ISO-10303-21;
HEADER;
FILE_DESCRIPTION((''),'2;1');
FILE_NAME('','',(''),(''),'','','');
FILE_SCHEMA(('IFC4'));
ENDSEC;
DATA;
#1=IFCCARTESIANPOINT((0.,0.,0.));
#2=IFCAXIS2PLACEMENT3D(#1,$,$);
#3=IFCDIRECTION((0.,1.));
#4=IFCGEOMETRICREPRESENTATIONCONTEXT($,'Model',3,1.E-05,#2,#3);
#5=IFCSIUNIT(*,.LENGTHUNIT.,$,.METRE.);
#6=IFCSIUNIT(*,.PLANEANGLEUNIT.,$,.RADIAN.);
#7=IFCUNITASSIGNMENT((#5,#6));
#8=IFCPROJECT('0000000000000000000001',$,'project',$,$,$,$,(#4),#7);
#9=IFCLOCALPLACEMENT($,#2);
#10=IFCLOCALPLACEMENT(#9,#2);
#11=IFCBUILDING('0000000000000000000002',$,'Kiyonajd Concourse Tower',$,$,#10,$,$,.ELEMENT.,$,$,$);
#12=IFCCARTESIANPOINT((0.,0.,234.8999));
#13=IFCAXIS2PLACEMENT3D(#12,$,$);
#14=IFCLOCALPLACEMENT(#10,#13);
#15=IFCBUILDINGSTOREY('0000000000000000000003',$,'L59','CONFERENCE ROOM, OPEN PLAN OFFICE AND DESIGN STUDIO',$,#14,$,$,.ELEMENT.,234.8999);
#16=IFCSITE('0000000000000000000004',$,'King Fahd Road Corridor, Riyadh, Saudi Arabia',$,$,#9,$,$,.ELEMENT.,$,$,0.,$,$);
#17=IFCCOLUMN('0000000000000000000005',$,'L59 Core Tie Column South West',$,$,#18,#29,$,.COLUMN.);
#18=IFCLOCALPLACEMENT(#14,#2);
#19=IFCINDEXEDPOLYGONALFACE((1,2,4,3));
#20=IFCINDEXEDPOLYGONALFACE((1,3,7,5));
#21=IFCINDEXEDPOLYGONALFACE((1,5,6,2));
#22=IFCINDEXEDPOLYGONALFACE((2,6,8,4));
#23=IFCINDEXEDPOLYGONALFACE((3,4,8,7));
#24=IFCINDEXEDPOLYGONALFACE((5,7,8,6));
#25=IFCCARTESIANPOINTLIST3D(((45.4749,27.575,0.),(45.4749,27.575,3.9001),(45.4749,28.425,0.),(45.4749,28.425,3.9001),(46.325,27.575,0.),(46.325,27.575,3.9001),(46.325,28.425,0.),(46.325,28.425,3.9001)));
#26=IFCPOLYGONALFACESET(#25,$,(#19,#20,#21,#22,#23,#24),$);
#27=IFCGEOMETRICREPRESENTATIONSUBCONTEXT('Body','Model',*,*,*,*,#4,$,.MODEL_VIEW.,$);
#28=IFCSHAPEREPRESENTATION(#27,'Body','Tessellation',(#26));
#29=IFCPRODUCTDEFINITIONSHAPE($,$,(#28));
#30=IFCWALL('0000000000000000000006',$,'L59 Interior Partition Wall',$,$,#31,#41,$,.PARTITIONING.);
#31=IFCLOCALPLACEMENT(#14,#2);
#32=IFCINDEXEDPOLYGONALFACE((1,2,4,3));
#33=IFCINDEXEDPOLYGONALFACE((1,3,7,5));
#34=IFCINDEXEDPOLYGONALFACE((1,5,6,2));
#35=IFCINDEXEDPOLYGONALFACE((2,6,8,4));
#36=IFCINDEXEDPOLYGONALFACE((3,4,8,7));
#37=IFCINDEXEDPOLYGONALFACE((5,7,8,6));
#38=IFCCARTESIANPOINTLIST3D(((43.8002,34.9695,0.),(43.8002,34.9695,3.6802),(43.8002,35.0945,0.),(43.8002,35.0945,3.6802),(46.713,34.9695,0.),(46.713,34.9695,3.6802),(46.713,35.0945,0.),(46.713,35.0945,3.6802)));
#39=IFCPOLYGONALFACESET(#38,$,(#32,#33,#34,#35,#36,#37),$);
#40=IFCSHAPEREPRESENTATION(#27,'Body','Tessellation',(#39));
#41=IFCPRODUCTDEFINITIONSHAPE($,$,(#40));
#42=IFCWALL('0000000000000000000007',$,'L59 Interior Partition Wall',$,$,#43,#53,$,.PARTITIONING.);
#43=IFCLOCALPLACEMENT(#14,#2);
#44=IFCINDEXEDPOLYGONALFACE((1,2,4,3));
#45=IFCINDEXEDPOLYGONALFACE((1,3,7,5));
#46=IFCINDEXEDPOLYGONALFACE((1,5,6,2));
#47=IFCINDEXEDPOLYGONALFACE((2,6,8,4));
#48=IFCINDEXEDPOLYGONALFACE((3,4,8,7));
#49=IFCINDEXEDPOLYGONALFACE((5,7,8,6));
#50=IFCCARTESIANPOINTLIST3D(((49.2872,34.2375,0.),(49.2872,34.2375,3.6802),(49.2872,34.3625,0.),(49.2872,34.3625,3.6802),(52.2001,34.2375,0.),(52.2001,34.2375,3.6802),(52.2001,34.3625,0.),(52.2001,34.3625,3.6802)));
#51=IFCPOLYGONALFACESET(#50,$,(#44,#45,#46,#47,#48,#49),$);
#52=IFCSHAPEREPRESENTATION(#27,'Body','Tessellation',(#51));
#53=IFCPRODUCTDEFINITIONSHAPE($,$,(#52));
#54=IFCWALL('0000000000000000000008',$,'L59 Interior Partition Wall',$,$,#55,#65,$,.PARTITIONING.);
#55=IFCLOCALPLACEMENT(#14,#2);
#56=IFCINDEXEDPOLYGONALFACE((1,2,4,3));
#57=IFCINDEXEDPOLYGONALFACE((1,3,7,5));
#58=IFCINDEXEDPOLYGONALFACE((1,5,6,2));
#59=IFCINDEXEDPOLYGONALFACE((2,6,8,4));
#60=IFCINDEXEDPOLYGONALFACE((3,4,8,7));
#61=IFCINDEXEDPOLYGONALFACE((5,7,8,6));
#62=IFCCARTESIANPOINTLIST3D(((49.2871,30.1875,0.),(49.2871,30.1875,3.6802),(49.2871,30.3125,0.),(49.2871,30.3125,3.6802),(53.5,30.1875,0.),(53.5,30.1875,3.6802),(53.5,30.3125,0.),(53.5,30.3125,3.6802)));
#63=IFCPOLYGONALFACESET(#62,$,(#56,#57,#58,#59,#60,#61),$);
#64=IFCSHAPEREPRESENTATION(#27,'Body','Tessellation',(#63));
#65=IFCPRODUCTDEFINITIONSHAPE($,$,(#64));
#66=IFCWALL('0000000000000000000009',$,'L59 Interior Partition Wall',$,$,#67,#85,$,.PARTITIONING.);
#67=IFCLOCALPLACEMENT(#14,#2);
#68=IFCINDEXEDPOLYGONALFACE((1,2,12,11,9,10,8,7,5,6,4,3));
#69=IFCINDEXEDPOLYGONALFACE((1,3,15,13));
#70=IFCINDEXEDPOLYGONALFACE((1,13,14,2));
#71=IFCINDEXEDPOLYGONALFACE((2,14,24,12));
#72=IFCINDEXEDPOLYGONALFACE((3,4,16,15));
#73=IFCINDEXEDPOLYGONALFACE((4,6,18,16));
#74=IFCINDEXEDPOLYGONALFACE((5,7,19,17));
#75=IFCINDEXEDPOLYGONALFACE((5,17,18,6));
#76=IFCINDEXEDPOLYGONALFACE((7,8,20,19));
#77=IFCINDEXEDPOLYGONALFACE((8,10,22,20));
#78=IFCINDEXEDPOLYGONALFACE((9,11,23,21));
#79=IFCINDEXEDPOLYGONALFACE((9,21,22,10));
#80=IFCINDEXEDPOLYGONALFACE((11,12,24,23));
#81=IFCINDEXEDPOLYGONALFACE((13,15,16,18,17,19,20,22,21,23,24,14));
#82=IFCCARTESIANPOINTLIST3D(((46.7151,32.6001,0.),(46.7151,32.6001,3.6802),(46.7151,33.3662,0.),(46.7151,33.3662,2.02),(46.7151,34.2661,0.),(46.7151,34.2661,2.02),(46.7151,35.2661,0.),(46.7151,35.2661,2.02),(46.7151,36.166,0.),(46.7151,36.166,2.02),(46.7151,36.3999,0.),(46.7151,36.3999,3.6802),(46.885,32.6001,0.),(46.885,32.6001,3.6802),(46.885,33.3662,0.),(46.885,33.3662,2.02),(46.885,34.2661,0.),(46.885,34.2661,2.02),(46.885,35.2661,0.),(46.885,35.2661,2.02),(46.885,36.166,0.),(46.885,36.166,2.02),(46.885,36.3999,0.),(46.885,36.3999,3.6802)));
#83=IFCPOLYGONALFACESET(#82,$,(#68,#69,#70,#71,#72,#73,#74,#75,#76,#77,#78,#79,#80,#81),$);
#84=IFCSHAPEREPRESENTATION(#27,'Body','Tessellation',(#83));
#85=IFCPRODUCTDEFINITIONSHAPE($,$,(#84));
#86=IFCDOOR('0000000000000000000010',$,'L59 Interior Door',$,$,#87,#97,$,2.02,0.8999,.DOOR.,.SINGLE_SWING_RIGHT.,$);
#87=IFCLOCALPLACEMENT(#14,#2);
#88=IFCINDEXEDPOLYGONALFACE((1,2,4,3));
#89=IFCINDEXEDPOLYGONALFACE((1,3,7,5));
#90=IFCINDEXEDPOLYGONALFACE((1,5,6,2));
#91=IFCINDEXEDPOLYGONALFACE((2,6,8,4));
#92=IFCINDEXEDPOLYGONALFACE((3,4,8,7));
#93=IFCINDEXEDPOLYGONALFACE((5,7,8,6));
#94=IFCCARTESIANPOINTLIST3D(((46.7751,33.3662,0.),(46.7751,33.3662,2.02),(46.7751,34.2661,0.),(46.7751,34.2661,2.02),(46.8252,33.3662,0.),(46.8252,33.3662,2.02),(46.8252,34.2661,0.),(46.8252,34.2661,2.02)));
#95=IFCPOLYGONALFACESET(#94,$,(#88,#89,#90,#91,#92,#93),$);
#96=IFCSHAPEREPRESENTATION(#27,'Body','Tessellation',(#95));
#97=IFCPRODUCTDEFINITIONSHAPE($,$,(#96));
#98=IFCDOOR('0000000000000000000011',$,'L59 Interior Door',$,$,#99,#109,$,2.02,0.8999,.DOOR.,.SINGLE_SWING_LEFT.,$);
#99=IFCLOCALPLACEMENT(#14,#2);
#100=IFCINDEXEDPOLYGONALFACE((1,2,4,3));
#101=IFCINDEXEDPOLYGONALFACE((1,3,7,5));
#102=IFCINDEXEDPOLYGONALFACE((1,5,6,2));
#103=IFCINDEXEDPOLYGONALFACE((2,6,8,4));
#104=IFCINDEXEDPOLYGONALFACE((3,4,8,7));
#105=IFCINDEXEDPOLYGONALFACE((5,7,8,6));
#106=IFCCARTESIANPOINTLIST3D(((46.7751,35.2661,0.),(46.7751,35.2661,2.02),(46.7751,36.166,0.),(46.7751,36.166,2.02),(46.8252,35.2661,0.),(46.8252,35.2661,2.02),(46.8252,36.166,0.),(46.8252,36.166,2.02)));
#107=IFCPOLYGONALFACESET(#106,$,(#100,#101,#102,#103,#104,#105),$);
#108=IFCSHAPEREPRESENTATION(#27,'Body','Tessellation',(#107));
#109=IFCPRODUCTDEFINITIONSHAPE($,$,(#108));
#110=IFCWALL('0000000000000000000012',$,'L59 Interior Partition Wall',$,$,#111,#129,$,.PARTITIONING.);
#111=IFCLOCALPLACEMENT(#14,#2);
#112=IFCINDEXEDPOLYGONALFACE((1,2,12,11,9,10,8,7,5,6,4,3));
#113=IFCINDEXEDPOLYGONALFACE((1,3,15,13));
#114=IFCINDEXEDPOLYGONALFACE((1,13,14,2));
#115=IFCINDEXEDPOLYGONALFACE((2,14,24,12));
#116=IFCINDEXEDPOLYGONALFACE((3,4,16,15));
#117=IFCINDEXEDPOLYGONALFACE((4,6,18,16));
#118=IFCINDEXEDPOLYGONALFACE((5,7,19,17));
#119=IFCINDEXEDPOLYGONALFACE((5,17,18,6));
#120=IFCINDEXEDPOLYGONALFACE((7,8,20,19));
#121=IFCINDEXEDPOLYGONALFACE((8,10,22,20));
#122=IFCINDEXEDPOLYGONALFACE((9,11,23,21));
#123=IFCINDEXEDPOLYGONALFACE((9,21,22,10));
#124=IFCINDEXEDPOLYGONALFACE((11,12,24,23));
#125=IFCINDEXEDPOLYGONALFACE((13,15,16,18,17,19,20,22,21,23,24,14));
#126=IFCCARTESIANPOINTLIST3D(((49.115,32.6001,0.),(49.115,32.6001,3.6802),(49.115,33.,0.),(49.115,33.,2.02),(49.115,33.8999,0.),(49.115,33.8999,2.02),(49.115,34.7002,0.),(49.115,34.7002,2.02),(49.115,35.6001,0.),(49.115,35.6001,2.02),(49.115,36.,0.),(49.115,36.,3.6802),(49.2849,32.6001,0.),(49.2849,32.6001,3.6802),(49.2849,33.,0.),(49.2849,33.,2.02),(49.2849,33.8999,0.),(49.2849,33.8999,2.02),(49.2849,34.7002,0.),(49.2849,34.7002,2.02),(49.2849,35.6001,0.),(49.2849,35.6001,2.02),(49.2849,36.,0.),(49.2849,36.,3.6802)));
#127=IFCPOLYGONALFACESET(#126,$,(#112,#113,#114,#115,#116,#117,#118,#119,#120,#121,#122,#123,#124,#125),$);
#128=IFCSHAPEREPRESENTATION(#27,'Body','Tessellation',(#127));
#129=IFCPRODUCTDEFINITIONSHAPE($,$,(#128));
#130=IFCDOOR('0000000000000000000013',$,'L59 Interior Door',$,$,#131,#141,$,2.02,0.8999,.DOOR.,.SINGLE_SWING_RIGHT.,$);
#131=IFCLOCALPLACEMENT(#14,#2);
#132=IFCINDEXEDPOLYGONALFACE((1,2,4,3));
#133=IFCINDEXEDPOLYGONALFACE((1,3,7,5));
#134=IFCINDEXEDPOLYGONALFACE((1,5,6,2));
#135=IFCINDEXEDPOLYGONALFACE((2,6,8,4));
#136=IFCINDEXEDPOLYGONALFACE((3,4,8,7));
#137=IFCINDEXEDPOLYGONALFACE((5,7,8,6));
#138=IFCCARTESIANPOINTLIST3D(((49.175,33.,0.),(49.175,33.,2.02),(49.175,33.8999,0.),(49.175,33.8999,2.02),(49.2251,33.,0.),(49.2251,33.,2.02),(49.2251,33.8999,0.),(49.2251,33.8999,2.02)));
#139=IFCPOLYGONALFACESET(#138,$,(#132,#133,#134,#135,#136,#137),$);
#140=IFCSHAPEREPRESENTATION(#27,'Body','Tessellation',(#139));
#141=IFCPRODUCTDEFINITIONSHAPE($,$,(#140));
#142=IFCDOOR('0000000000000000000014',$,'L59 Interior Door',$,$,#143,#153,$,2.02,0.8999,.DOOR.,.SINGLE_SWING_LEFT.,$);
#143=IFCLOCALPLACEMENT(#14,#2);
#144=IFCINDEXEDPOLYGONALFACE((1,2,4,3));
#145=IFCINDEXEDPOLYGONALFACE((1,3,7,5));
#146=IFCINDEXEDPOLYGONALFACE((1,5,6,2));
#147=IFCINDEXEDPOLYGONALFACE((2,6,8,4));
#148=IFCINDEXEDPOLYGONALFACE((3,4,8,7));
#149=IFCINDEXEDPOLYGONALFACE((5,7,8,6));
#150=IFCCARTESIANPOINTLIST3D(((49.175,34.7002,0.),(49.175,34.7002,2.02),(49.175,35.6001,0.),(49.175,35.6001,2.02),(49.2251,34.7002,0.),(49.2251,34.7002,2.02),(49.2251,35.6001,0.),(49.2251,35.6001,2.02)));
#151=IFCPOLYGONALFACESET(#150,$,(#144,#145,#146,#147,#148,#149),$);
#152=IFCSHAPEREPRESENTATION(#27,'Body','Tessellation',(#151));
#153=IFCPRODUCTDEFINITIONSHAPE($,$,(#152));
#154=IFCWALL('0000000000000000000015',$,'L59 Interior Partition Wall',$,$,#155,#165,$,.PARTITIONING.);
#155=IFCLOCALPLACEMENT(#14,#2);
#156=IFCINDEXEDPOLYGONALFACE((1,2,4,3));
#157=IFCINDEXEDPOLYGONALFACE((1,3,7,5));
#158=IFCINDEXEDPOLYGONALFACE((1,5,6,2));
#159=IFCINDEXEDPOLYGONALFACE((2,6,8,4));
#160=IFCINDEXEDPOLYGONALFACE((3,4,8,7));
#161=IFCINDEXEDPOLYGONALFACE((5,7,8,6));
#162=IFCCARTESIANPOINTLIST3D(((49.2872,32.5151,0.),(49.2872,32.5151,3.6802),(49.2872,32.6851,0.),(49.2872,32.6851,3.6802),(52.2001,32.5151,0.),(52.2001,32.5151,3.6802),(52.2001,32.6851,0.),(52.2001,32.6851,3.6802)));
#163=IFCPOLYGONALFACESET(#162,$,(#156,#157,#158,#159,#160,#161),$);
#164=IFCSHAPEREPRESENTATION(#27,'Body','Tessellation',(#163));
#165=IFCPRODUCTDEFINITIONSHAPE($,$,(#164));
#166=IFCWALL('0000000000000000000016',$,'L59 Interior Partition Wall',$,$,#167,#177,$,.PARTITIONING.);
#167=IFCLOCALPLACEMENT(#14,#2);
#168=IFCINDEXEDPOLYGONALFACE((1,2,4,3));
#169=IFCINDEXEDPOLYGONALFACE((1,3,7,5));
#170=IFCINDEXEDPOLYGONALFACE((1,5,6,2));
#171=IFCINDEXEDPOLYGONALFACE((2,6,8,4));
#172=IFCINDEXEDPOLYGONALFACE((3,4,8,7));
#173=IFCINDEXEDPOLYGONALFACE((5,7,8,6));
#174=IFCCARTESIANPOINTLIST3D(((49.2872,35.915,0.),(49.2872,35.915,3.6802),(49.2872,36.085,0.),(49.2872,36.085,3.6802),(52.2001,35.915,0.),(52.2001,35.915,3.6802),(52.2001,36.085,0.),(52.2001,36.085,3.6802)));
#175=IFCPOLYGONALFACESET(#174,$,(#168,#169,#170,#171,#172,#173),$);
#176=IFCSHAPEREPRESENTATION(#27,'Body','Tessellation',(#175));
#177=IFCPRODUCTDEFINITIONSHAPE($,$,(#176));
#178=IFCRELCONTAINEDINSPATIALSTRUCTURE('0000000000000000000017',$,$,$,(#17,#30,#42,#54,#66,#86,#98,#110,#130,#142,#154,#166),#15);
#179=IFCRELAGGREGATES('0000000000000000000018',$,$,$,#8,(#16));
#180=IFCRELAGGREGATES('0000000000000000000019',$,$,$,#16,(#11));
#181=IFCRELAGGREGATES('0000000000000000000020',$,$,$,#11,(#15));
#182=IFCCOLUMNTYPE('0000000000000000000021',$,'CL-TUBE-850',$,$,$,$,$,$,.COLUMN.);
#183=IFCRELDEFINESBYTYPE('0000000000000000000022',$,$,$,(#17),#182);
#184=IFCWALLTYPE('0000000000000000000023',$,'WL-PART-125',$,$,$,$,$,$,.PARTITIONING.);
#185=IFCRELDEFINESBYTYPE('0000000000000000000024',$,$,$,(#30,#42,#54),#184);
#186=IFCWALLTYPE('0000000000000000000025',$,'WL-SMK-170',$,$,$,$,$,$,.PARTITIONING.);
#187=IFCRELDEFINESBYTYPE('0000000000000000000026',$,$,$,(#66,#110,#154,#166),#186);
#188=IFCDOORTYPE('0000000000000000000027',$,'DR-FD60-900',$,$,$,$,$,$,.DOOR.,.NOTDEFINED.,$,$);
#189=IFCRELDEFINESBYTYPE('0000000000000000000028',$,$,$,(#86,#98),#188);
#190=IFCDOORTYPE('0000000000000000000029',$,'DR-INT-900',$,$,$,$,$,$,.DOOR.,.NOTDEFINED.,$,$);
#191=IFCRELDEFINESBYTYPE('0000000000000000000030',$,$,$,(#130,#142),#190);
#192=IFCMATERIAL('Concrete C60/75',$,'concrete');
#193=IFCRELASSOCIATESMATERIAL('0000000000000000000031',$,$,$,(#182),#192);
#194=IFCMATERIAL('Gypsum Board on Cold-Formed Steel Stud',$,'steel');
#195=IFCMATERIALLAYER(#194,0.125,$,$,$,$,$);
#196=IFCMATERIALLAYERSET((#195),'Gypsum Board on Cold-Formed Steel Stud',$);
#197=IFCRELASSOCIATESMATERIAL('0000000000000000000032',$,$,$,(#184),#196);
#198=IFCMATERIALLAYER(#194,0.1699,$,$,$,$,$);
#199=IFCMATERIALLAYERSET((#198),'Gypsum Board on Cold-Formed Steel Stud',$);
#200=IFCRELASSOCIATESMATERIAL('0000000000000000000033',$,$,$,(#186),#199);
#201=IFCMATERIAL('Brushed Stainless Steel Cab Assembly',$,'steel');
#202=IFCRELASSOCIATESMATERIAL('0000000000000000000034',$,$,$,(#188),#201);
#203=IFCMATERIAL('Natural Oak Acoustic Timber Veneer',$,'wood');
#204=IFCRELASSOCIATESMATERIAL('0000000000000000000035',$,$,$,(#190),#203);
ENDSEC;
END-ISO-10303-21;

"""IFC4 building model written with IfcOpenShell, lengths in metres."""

from ifc_helpers import new_model, si_unit, direction, frame, frame_2d, origin, origin_2d, place, context, subcontext, project, spatial, rectangle, extrude, material, layer, layer_set, material_profile, profile_set, type_object, element, fill, save


model = new_model("IFC4")

# Units and contexts
model_context = context("Model", 3, precision=1e-05, world=origin(), true_north=direction((0.0, 1.0)))
body_context = subcontext(model_context, "Body", "Model", "MODEL_VIEW")
ifc_project = project(units=[si_unit("LENGTHUNIT", "METRE"), si_unit("PLANEANGLEUNIT", "RADIAN")], contexts=[model_context])

# Site, building, storey
site_placement = place(None, origin())
site = spatial("IfcSite", under=ifc_project, at=site_placement, Name="King Fahd Road Corridor, Riyadh, Saudi Arabia", CompositionType="ELEMENT", RefElevation=0.0)
building_placement = place(site_placement, origin())
building = spatial("IfcBuilding", under=site, at=building_placement, Name="Kiyonajd Concourse Tower", CompositionType="ELEMENT")
storey_placement = place(building_placement, frame((0.0, 0.0, 234.8999)))
storey = spatial("IfcBuildingStorey", under=building, at=storey_placement, Name="L59", Description="CONFERENCE ROOM, OPEN PLAN OFFICE AND DESIGN STUDIO", CompositionType="ELEMENT", Elevation=234.8999)

# Column
ifc_material_1 = material(Name="Concrete C60/75", Category="concrete")
ifc_material_profile = material_profile(ifc_material_1, rectangle(XDim=0.8501, YDim=0.8501, at=origin_2d()), Name="RC-850x850")
ifc_profile_set = profile_set([ifc_material_profile], Name="Concrete C60/75")
column_type = type_object("IfcColumnType", Name="CL-TUBE-850", PredefinedType="COLUMN", material=ifc_profile_set)
column_placement = place(storey_placement, frame((45.8999, 28.0, 0.0), z_axis=(0.0, 0.0, 1.0), x_axis=(1.0, 0.0, 0.0)))
element("IfcColumn", 1, at=column_placement, inside=storey, type_object=column_type, Name="L59 Core Tie Column South West", PredefinedType="COLUMN", context=body_context, shape_type="SweptSolid", body=[
    extrude(rectangle(XDim=0.8501, YDim=0.8501, at=origin_2d()), origin(), (0.0, 0.0, 1.0), 3.9001),
])

# Walls
ifc_material_2 = material(Name="Gypsum Board on Cold-Formed Steel Stud", Category="steel")
ifc_layer_1 = layer(ifc_material_2, 0.125)
ifc_layer_set_1 = layer_set([ifc_layer_1], Name="Gypsum Board on Cold-Formed Steel Stud")
wall_type_1 = type_object("IfcWallType", Name="WL-PART-125", PredefinedType="PARTITIONING", material=ifc_layer_set_1)
for number, where, z_axis, x_axis, name in (
    (2, (43.8, 35.032, 0.0), (0.0, 0.0, 1.0), (1.0, 0.0, 0.0), "L59 Interior Partition Wall"),
    (3, (49.2871, 34.3, 0.0), (0.0, 0.0, 1.0), (1.0, 0.0, 0.0), "L59 Interior Partition Wall"),
):
    element("IfcWall", number, at=place(storey_placement, frame(where, z_axis=z_axis, x_axis=x_axis)), inside=storey, type_object=wall_type_1, Name=name, PredefinedType="PARTITIONING", context=body_context, shape_type="SweptSolid", body=[
        extrude(rectangle(XDim=2.9128, YDim=0.125, at=frame_2d((1.4565, 0.0))), origin(), (0.0, 0.0, 1.0), 3.6802),
    ])
wall_1_placement = place(storey_placement, frame((49.2871, 30.25, 0.0), z_axis=(0.0, 0.0, 1.0), x_axis=(1.0, 0.0, 0.0)))
element("IfcWall", 4, at=wall_1_placement, inside=storey, type_object=wall_type_1, Name="L59 Interior Partition Wall", PredefinedType="PARTITIONING", context=body_context, shape_type="SweptSolid", body=[
    extrude(rectangle(XDim=4.2129, YDim=0.125, at=frame_2d((2.1064, 0.0))), origin(), (0.0, 0.0, 1.0), 3.6802),
])

# Walls, openings, doors
ifc_layer_2 = layer(ifc_material_2, 0.1699)
ifc_layer_set_2 = layer_set([ifc_layer_2], Name="Gypsum Board on Cold-Formed Steel Stud")
wall_type_2 = type_object("IfcWallType", Name="WL-SMK-170", PredefinedType="PARTITIONING", material=ifc_layer_set_2)
wall_2_placement = place(storey_placement, frame((46.8, 32.6001, 0.0), z_axis=(0.0, 0.0, 1.0), x_axis=(0.0, 1.0, 0.0)))
wall_2 = element("IfcWall", 5, at=wall_2_placement, inside=storey, type_object=wall_type_2, Name="L59 Interior Partition Wall", PredefinedType="PARTITIONING", context=body_context, shape_type="SweptSolid", body=[
    extrude(rectangle(XDim=3.7998, YDim=0.1699, at=frame_2d((1.8999, 0.0))), origin(), (0.0, 0.0, 1.0), 3.6802),
])
opening_1_placement = place(wall_2_placement, frame((0.7661, 0.0, 0.0)))
opening_1 = element("IfcOpeningElement", 6, at=opening_1_placement, cuts=wall_2, PredefinedType="OPENING", context=body_context, shape_type="SweptSolid", body=[
    extrude(rectangle(XDim=0.8999, YDim=2.02, at=frame_2d((0.45, 1.01))), frame((0.0, 0.095, 0.0), z_axis=(0.0, -1.0, 0.0), x_axis=(1.0, 0.0, 0.0)), (0.0, 0.0, 1.0), 0.1899),
])
opening_2_placement = place(wall_2_placement, frame((2.666, 0.0, 0.0)))
opening_2 = element("IfcOpeningElement", 7, at=opening_2_placement, cuts=wall_2, PredefinedType="OPENING", context=body_context, shape_type="SweptSolid", body=[
    extrude(rectangle(XDim=0.8999, YDim=2.02, at=frame_2d((0.45, 1.01))), frame((0.0, 0.095, 0.0), z_axis=(0.0, -1.0, 0.0), x_axis=(1.0, 0.0, 0.0)), (0.0, 0.0, 1.0), 0.1899),
])
ifc_material_3 = material(Name="Brushed Stainless Steel Cab Assembly", Category="steel")
door_type_1 = type_object("IfcDoorType", Name="DR-FD60-900", OperationType="NOTDEFINED", PredefinedType="DOOR", material=ifc_material_3)
door_1_placement = place(opening_1_placement, origin())
door_1 = element("IfcDoor", 8, at=door_1_placement, inside=storey, type_object=door_type_1, Name="L59 Interior Door", OperationType="SINGLE_SWING_RIGHT", OverallHeight=2.02, OverallWidth=0.8999, PredefinedType="DOOR", context=body_context, shape_type="SweptSolid", body=[
    extrude(rectangle(XDim=0.8999, YDim=2.02, at=frame_2d((0.45, 1.01))), frame((0.0, 0.0249, 0.0), z_axis=(0.0, -1.0, 0.0), x_axis=(1.0, 0.0, 0.0)), (0.0, 0.0, 1.0), 0.05),
])
fill(opening_1, door_1)
door_2_placement = place(opening_2_placement, origin())
door_2 = element("IfcDoor", 9, at=door_2_placement, inside=storey, type_object=door_type_1, Name="L59 Interior Door", OperationType="SINGLE_SWING_LEFT", OverallHeight=2.02, OverallWidth=0.8999, PredefinedType="DOOR", context=body_context, shape_type="SweptSolid", body=[
    extrude(rectangle(XDim=0.8999, YDim=2.02, at=frame_2d((0.45, 1.01))), frame((0.0, 0.0249, 0.0), z_axis=(0.0, -1.0, 0.0), x_axis=(1.0, 0.0, 0.0)), (0.0, 0.0, 1.0), 0.05),
])
fill(opening_2, door_2)
wall_3_placement = place(storey_placement, frame((49.2, 32.6001, 0.0), z_axis=(0.0, 0.0, 1.0), x_axis=(0.0, 1.0, 0.0)))
wall_3 = element("IfcWall", 10, at=wall_3_placement, inside=storey, type_object=wall_type_2, Name="L59 Interior Partition Wall", PredefinedType="PARTITIONING", context=body_context, shape_type="SweptSolid", body=[
    extrude(rectangle(XDim=3.3999, YDim=0.1699, at=frame_2d((1.7, 0.0))), origin(), (0.0, 0.0, 1.0), 3.6802),
])
opening_3_placement = place(wall_3_placement, frame((0.3999, 0.0, 0.0)))
opening_3 = element("IfcOpeningElement", 11, at=opening_3_placement, cuts=wall_3, PredefinedType="OPENING", context=body_context, shape_type="SweptSolid", body=[
    extrude(rectangle(XDim=0.8999, YDim=2.02, at=frame_2d((0.45, 1.01))), frame((0.0, 0.095, 0.0), z_axis=(0.0, -1.0, 0.0), x_axis=(1.0, 0.0, 0.0)), (0.0, 0.0, 1.0), 0.1899),
])
opening_4_placement = place(wall_3_placement, frame((2.1001, 0.0, 0.0)))
opening_4 = element("IfcOpeningElement", 12, at=opening_4_placement, cuts=wall_3, PredefinedType="OPENING", context=body_context, shape_type="SweptSolid", body=[
    extrude(rectangle(XDim=0.8999, YDim=2.02, at=frame_2d((0.45, 1.01))), frame((0.0, 0.095, 0.0), z_axis=(0.0, -1.0, 0.0), x_axis=(1.0, 0.0, 0.0)), (0.0, 0.0, 1.0), 0.1899),
])
ifc_material_4 = material(Name="Natural Oak Acoustic Timber Veneer", Category="wood")
door_type_2 = type_object("IfcDoorType", Name="DR-INT-900", OperationType="NOTDEFINED", PredefinedType="DOOR", material=ifc_material_4)
door_3_placement = place(opening_3_placement, origin())
door_3 = element("IfcDoor", 13, at=door_3_placement, inside=storey, type_object=door_type_2, Name="L59 Interior Door", OperationType="SINGLE_SWING_RIGHT", OverallHeight=2.02, OverallWidth=0.8999, PredefinedType="DOOR", context=body_context, shape_type="SweptSolid", body=[
    extrude(rectangle(XDim=0.8999, YDim=2.02, at=frame_2d((0.45, 1.01))), frame((0.0, 0.0249, 0.0), z_axis=(0.0, -1.0, 0.0), x_axis=(1.0, 0.0, 0.0)), (0.0, 0.0, 1.0), 0.05),
])
fill(opening_3, door_3)
door_4_placement = place(opening_4_placement, origin())
door_4 = element("IfcDoor", 14, at=door_4_placement, inside=storey, type_object=door_type_2, Name="L59 Interior Door", OperationType="SINGLE_SWING_LEFT", OverallHeight=2.02, OverallWidth=0.8999, PredefinedType="DOOR", context=body_context, shape_type="SweptSolid", body=[
    extrude(rectangle(XDim=0.8999, YDim=2.02, at=frame_2d((0.45, 1.01))), frame((0.0, 0.0249, 0.0), z_axis=(0.0, -1.0, 0.0), x_axis=(1.0, 0.0, 0.0)), (0.0, 0.0, 1.0), 0.05),
])
fill(opening_4, door_4)

# Walls
for number, where, z_axis, x_axis, name in (
    (15, (49.2871, 32.6001, 0.0), (0.0, 0.0, 1.0), (1.0, 0.0, 0.0), "L59 Interior Partition Wall"),
    (16, (49.2871, 36.0, 0.0), (0.0, 0.0, 1.0), (1.0, 0.0, 0.0), "L59 Interior Partition Wall"),
):
    element("IfcWall", number, at=place(storey_placement, frame(where, z_axis=z_axis, x_axis=x_axis)), inside=storey, type_object=wall_type_2, Name=name, PredefinedType="PARTITIONING", context=body_context, shape_type="SweptSolid", body=[
        extrude(rectangle(XDim=2.9128, YDim=0.1699, at=frame_2d((1.4565, 0.0))), origin(), (0.0, 0.0, 1.0), 3.6802),
    ])

save(model, "model.ifc")
